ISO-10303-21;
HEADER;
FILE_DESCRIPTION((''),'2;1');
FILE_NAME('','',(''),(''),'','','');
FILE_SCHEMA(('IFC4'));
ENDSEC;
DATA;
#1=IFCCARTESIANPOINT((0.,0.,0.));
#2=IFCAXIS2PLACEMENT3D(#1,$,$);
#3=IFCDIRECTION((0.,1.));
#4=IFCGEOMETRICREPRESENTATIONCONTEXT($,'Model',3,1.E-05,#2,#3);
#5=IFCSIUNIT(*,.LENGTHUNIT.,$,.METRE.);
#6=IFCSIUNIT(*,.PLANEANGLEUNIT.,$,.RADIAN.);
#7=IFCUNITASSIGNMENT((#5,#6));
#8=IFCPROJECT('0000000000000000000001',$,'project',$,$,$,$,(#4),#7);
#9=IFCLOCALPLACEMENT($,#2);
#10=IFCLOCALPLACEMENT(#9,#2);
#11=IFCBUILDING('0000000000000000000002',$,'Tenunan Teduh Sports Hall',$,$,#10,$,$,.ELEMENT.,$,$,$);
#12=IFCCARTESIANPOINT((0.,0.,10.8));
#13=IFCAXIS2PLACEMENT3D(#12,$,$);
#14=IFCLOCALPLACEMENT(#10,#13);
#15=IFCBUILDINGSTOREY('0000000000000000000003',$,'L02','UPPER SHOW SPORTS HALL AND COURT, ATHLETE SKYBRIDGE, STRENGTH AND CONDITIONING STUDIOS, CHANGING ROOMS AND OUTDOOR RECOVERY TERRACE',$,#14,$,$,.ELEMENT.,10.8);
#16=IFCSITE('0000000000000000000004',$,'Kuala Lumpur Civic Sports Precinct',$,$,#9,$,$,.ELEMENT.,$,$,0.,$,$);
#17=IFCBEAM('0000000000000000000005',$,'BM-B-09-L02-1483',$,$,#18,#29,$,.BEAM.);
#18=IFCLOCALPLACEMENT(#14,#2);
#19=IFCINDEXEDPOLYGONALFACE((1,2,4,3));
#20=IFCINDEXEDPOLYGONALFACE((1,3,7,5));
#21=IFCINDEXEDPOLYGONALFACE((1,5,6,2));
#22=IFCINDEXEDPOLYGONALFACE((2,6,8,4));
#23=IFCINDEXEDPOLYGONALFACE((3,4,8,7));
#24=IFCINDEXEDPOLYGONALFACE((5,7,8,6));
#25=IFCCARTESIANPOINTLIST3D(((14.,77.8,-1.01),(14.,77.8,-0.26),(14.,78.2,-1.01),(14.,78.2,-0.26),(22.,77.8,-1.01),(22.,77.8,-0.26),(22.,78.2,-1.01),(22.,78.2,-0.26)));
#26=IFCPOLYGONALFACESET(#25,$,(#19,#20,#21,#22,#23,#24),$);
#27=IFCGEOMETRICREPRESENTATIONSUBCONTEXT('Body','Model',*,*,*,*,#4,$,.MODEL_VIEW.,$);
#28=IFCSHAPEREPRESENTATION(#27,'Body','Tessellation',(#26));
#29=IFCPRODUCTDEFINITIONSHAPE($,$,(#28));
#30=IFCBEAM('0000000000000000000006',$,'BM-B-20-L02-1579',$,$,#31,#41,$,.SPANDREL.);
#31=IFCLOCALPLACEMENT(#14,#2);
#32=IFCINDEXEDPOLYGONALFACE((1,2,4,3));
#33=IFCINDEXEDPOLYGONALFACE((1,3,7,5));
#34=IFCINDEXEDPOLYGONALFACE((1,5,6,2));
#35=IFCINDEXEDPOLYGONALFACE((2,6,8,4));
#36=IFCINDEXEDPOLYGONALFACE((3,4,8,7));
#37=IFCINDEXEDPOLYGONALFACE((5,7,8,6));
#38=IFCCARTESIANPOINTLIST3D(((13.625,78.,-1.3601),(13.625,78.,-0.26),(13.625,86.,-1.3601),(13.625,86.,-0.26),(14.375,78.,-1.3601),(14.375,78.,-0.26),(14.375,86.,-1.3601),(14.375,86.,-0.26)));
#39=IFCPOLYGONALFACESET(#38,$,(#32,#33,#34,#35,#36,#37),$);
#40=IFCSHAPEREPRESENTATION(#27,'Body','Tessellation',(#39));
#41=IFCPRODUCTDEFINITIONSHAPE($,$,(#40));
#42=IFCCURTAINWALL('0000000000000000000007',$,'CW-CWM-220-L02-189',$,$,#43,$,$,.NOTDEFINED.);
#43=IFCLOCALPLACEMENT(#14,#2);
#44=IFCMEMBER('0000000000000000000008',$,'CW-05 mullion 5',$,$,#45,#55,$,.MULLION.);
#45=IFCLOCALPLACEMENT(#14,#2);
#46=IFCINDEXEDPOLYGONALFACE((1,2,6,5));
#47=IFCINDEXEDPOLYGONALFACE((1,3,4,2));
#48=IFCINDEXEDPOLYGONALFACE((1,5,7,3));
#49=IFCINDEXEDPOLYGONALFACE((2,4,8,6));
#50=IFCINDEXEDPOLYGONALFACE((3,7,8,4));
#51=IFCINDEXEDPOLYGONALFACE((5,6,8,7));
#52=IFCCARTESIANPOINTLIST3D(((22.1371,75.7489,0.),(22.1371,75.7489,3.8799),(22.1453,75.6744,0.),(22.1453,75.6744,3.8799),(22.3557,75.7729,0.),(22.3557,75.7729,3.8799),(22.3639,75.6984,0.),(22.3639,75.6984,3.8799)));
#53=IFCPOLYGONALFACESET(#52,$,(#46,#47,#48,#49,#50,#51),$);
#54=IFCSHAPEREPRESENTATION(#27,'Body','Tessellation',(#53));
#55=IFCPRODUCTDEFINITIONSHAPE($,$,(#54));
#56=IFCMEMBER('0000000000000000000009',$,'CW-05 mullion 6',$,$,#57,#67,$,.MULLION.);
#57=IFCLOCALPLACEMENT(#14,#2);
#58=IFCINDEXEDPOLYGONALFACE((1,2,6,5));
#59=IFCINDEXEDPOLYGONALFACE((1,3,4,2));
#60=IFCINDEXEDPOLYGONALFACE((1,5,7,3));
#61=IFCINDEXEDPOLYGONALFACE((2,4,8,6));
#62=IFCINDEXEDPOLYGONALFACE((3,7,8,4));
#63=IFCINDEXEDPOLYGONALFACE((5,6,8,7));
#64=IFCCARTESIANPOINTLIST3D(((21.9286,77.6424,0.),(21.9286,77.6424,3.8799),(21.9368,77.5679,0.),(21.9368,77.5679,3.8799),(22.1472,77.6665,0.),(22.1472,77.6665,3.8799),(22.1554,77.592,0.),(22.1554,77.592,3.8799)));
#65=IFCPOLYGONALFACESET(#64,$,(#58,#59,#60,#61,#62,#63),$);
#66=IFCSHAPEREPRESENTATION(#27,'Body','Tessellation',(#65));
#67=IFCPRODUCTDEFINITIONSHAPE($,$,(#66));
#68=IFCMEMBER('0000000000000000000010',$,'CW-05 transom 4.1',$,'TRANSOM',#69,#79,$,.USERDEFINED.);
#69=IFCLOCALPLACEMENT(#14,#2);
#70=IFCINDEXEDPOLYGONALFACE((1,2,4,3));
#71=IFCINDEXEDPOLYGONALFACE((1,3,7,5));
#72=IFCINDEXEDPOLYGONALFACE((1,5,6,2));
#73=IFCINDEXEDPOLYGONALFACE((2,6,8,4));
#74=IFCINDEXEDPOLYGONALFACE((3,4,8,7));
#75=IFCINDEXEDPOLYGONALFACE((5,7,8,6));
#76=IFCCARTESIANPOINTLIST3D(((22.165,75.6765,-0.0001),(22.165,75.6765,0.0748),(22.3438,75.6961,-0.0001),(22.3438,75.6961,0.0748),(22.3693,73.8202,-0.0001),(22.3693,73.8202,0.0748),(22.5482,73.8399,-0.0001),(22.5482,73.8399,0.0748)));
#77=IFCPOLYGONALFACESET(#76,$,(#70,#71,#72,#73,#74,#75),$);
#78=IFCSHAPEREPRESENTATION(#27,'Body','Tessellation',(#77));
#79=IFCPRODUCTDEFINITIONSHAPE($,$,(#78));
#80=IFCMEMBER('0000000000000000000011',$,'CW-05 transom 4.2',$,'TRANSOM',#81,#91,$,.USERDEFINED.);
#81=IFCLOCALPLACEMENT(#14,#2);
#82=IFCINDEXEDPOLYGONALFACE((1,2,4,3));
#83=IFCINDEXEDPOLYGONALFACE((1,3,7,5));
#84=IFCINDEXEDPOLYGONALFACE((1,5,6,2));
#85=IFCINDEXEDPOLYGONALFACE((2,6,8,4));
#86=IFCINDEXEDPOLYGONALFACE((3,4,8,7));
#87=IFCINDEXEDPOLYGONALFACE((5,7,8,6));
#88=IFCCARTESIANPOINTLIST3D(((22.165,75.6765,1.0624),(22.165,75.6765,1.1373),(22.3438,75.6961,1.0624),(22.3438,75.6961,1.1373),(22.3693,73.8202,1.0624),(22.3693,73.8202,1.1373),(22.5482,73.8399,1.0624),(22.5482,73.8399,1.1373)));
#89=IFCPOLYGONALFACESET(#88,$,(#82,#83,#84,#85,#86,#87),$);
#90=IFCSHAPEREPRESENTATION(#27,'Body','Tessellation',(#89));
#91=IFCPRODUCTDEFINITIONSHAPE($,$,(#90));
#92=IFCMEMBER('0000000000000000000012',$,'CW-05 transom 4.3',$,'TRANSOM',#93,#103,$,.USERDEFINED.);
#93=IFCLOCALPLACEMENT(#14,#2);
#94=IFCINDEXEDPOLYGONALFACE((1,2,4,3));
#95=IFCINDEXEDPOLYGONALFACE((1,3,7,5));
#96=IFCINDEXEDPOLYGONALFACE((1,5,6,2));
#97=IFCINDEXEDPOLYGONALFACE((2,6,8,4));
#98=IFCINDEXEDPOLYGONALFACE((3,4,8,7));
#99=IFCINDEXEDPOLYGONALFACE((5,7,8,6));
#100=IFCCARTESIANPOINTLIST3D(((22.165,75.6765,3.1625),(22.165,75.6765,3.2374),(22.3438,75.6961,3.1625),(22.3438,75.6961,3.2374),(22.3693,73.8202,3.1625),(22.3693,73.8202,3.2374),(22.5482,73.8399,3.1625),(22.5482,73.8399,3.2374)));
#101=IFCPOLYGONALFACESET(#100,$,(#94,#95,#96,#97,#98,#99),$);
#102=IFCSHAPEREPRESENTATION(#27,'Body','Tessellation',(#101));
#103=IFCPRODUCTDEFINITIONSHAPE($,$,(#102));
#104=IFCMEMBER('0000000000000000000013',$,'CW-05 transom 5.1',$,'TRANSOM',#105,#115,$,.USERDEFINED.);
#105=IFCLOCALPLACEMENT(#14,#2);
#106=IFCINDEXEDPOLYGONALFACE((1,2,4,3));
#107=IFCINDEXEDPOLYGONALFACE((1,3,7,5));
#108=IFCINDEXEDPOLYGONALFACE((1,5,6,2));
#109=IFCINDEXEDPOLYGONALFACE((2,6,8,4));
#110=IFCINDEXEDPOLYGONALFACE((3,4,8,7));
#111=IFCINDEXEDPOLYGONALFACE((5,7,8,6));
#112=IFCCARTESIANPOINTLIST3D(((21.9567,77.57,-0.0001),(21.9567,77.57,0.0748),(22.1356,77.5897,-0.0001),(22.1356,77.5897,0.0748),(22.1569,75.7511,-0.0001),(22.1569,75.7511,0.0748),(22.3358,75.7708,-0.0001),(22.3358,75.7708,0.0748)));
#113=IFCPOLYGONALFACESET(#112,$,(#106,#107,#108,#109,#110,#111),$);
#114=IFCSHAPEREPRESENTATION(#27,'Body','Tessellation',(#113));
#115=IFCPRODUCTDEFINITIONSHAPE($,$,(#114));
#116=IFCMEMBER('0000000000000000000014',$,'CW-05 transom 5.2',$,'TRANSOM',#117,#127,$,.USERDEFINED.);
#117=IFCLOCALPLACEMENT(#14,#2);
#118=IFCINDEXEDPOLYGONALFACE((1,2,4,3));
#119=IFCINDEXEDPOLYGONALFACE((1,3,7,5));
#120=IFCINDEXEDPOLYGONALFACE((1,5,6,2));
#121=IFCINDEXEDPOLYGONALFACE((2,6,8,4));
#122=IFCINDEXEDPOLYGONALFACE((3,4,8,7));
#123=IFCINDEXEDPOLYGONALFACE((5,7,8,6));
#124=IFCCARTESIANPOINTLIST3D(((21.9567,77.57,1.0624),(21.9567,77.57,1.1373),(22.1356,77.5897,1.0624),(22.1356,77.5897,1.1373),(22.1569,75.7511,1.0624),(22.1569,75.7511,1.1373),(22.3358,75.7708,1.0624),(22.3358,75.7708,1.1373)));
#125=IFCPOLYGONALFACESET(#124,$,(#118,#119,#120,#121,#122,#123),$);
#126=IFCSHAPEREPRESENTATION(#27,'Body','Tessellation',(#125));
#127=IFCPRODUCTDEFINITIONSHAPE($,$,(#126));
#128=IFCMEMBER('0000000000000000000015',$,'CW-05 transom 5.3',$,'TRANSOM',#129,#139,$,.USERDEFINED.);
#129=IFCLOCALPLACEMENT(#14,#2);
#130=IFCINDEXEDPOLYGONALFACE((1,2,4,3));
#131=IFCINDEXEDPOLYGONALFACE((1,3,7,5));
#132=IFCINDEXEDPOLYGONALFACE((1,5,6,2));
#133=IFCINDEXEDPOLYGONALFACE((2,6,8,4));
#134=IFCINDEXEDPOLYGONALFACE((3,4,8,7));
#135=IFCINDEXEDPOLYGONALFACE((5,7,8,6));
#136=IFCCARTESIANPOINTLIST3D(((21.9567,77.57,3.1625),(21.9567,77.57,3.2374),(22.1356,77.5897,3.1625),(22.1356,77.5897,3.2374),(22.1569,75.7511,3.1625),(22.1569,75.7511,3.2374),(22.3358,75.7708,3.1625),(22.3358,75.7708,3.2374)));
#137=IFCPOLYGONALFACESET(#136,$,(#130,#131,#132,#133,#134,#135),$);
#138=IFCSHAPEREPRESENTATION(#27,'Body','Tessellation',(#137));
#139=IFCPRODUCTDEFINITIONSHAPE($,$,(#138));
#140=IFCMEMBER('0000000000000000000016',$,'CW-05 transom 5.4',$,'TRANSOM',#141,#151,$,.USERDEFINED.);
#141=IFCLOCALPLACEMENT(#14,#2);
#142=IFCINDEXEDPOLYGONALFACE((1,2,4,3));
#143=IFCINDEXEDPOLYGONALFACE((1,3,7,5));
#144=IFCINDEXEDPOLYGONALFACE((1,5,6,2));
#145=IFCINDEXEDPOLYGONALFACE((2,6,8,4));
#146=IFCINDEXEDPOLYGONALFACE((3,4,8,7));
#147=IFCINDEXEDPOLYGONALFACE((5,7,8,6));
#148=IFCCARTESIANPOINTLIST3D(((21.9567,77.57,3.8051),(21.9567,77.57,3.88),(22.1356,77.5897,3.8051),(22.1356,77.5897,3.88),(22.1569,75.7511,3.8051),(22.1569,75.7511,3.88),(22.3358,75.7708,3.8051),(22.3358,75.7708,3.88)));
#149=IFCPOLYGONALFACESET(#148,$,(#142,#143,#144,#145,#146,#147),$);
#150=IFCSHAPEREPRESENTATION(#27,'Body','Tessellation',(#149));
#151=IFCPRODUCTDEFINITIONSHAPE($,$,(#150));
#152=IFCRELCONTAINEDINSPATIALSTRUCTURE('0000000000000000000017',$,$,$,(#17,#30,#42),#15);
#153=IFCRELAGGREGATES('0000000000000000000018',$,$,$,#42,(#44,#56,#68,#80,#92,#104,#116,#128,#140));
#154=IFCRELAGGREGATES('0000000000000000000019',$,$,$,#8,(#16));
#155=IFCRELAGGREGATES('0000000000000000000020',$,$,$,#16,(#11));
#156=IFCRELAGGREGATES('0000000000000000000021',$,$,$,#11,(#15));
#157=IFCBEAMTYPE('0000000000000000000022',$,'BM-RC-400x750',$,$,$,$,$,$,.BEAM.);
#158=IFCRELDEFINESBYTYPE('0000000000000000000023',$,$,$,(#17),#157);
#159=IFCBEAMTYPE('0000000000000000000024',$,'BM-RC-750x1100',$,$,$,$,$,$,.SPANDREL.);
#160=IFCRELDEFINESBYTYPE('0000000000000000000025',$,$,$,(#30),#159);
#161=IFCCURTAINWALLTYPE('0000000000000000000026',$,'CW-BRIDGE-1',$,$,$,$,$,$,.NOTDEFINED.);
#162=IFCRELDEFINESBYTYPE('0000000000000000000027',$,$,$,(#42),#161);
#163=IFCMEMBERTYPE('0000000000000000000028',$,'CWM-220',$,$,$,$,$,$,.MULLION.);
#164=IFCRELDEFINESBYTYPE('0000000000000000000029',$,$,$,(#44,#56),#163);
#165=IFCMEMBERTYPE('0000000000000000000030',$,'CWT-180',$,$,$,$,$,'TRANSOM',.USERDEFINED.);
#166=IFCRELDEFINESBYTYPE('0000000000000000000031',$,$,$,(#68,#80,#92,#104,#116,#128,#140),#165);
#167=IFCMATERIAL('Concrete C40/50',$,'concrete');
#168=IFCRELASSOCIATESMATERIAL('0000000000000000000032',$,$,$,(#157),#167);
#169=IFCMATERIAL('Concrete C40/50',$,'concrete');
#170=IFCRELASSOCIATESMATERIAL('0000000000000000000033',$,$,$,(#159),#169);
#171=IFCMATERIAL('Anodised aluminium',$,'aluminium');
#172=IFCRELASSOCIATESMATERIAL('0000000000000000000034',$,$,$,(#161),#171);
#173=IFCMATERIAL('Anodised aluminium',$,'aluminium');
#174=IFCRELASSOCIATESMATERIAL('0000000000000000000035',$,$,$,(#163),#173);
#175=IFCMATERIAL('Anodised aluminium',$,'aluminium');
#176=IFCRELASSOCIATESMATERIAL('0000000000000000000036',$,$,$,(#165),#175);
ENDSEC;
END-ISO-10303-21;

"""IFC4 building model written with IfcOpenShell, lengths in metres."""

from ifc_helpers import new_model, si_unit, direction, frame, origin, origin_2d, place, context, subcontext, project, spatial, rectangle, extrude, material, material_profile, profile_set, type_object, element, aggregate, save


model = new_model("IFC4")

# Units and contexts
model_context = context("Model", 3, precision=1e-05, world=origin(), true_north=direction((0.0, 1.0)))
body_context = subcontext(model_context, "Body", "Model", "MODEL_VIEW")
ifc_project = project(units=[si_unit("LENGTHUNIT", "METRE"), si_unit("PLANEANGLEUNIT", "RADIAN")], contexts=[model_context])

# Site, building, storey
site_placement = place(None, origin())
site = spatial("IfcSite", under=ifc_project, at=site_placement, Name="Kuala Lumpur Civic Sports Precinct", CompositionType="ELEMENT", RefElevation=0.0)
building_placement = place(site_placement, origin())
building = spatial("IfcBuilding", under=site, at=building_placement, Name="Tenunan Teduh Sports Hall", CompositionType="ELEMENT")
storey_placement = place(building_placement, frame((0.0, 0.0, 10.8)))
storey = spatial("IfcBuildingStorey", under=building, at=storey_placement, Name="L02", Description="UPPER SHOW SPORTS HALL AND COURT, ATHLETE SKYBRIDGE, STRENGTH AND CONDITIONING STUDIOS, CHANGING ROOMS AND OUTDOOR RECOVERY TERRACE", CompositionType="ELEMENT", Elevation=10.8)

# Beams
ifc_material_1 = material(Name="Concrete C40/50", Category="concrete")
ifc_material_profile_1 = material_profile(ifc_material_1, rectangle(XDim=0.3999, YDim=0.75, at=origin_2d()), Name="RCB 400x750")
ifc_profile_set_1 = profile_set([ifc_material_profile_1], Name="Concrete C40/50")
beam_type_1 = type_object("IfcBeamType", Name="BM-RC-400x750", PredefinedType="BEAM", material=ifc_profile_set_1)
beam_1_placement = place(storey_placement, frame((14.0, 78.0, -0.635), z_axis=(1.0, 0.0, 0.0), x_axis=(0.0, 1.0, 0.0)))
element("IfcBeam", 1, at=beam_1_placement, inside=storey, type_object=beam_type_1, Name="BM-B-09-L02-1483", PredefinedType="BEAM", context=body_context, shape_type="SweptSolid", body=[
    extrude(rectangle(XDim=0.3999, YDim=0.75, at=origin_2d()), origin(), (0.0, 0.0, 1.0), 8.0),
])
ifc_material_2 = material(Name="Concrete C40/50", Category="concrete")
ifc_material_profile_2 = material_profile(ifc_material_2, rectangle(XDim=0.75, YDim=1.1001, at=origin_2d()), Name="RCB 750x1100")
ifc_profile_set_2 = profile_set([ifc_material_profile_2], Name="Concrete C40/50")
beam_type_2 = type_object("IfcBeamType", Name="BM-RC-750x1100", PredefinedType="SPANDREL", material=ifc_profile_set_2)
beam_2_placement = place(storey_placement, frame((14.0, 78.0, -0.8101), z_axis=(0.0, 1.0, 0.0), x_axis=(-1.0, 0.0, 0.0)))
element("IfcBeam", 2, at=beam_2_placement, inside=storey, type_object=beam_type_2, Name="BM-B-20-L02-1579", PredefinedType="SPANDREL", context=body_context, shape_type="SweptSolid", body=[
    extrude(rectangle(XDim=0.75, YDim=1.1001, at=origin_2d()), origin(), (0.0, 0.0, 1.0), 8.0),
])

# Curtain wall, members
ifc_material_3 = material(Name="Anodised aluminium", Category="aluminium")
curtain_wall_type = type_object("IfcCurtainWallType", Name="CW-BRIDGE-1", PredefinedType="NOTDEFINED", material=ifc_material_3)
curtain_wall_placement = place(storey_placement, origin())
curtain_wall = element("IfcCurtainWall", 3, at=curtain_wall_placement, inside=storey, type_object=curtain_wall_type, Name="CW-CWM-220-L02-189", PredefinedType="NOTDEFINED")
ifc_material_4 = material(Name="Anodised aluminium", Category="aluminium")
ifc_material_profile_3 = material_profile(ifc_material_4, rectangle(XDim=0.075, YDim=0.22, at=origin_2d()), Name="CWM 75x220")
ifc_profile_set_3 = profile_set([ifc_material_profile_3], Name="Anodised aluminium")
member_type_1 = type_object("IfcMemberType", Name="CWM-220", PredefinedType="MULLION", material=ifc_profile_set_3)
member_1_placement = place(storey_placement, frame((22.2505, 75.7236, 0.0), z_axis=(0.0, 0.0, 1.0), x_axis=(-0.109341, 0.994004, 0.0)))
member_1 = element("IfcMember", 4, at=member_1_placement, type_object=member_type_1, Name="CW-05 mullion 5", PredefinedType="MULLION", context=body_context, shape_type="SweptSolid", body=[
    extrude(rectangle(XDim=0.075, YDim=0.22, at=origin_2d()), origin(), (0.0, 0.0, 1.0), 3.8799),
])
member_2_placement = place(storey_placement, frame((22.042, 77.6172, 0.0), z_axis=(0.0, 0.0, 1.0), x_axis=(-0.109341, 0.994004, 0.0)))
member_2 = element("IfcMember", 5, at=member_2_placement, type_object=member_type_1, Name="CW-05 mullion 6", PredefinedType="MULLION", context=body_context, shape_type="SweptSolid", body=[
    extrude(rectangle(XDim=0.075, YDim=0.22, at=origin_2d()), origin(), (0.0, 0.0, 1.0), 3.8799),
])
ifc_material_5 = material(Name="Anodised aluminium", Category="aluminium")
ifc_material_profile_4 = material_profile(ifc_material_5, rectangle(XDim=0.075, YDim=0.1799, at=origin_2d()), Name="CWT 75x180")
ifc_profile_set_4 = profile_set([ifc_material_profile_4], Name="Anodised aluminium")
member_type_2 = type_object("IfcMemberType", Name="CWT-180", ElementType="TRANSOM", PredefinedType="USERDEFINED", material=ifc_profile_set_4)
member_3_placement = place(storey_placement, frame((22.4587, 73.8301, 0.0374), z_axis=(-0.109427, 0.993995, 0.0), x_axis=(0.0, 0.0, 1.0)))
member_3 = element("IfcMember", 6, at=member_3_placement, type_object=member_type_2, Name="CW-05 transom 4.1", ObjectType="TRANSOM", PredefinedType="USERDEFINED", context=body_context, shape_type="SweptSolid", body=[
    extrude(rectangle(XDim=0.075, YDim=0.1799, at=origin_2d()), origin(), (0.0, 0.0, 1.0), 1.8674),
])
member_4_placement = place(storey_placement, frame((22.4587, 73.8301, 1.0999), z_axis=(-0.109427, 0.993995, 0.0), x_axis=(0.0, 0.0, 1.0)))
member_4 = element("IfcMember", 7, at=member_4_placement, type_object=member_type_2, Name="CW-05 transom 4.2", ObjectType="TRANSOM", PredefinedType="USERDEFINED", context=body_context, shape_type="SweptSolid", body=[
    extrude(rectangle(XDim=0.075, YDim=0.1799, at=origin_2d()), origin(), (0.0, 0.0, 1.0), 1.8674),
])
member_5_placement = place(storey_placement, frame((22.4587, 73.8301, 3.2), z_axis=(-0.109427, 0.993995, 0.0), x_axis=(0.0, 0.0, 1.0)))
member_5 = element("IfcMember", 8, at=member_5_placement, type_object=member_type_2, Name="CW-05 transom 4.3", ObjectType="TRANSOM", PredefinedType="USERDEFINED", context=body_context, shape_type="SweptSolid", body=[
    extrude(rectangle(XDim=0.075, YDim=0.1799, at=origin_2d()), origin(), (0.0, 0.0, 1.0), 1.8674),
])
member_6_placement = place(storey_placement, frame((22.2463, 75.761, 0.0374), z_axis=(-0.109406, 0.993997, 0.0), x_axis=(0.0, 0.0, 1.0)))
member_6 = element("IfcMember", 9, at=member_6_placement, type_object=member_type_2, Name="CW-05 transom 5.1", ObjectType="TRANSOM", PredefinedType="USERDEFINED", context=body_context, shape_type="SweptSolid", body=[
    extrude(rectangle(XDim=0.075, YDim=0.1799, at=origin_2d()), origin(), (0.0, 0.0, 1.0), 1.8298),
])
member_7_placement = place(storey_placement, frame((22.2463, 75.761, 1.0999), z_axis=(-0.109406, 0.993997, 0.0), x_axis=(0.0, 0.0, 1.0)))
member_7 = element("IfcMember", 10, at=member_7_placement, type_object=member_type_2, Name="CW-05 transom 5.2", ObjectType="TRANSOM", PredefinedType="USERDEFINED", context=body_context, shape_type="SweptSolid", body=[
    extrude(rectangle(XDim=0.075, YDim=0.1799, at=origin_2d()), origin(), (0.0, 0.0, 1.0), 1.8298),
])
member_8_placement = place(storey_placement, frame((22.2463, 75.761, 3.2), z_axis=(-0.109406, 0.993997, 0.0), x_axis=(0.0, 0.0, 1.0)))
member_8 = element("IfcMember", 11, at=member_8_placement, type_object=member_type_2, Name="CW-05 transom 5.3", ObjectType="TRANSOM", PredefinedType="USERDEFINED", context=body_context, shape_type="SweptSolid", body=[
    extrude(rectangle(XDim=0.075, YDim=0.1799, at=origin_2d()), origin(), (0.0, 0.0, 1.0), 1.8298),
])
member_9_placement = place(storey_placement, frame((22.2463, 75.761, 3.8425), z_axis=(-0.109406, 0.993997, 0.0), x_axis=(0.0, 0.0, 1.0)))
member_9 = element("IfcMember", 12, at=member_9_placement, type_object=member_type_2, Name="CW-05 transom 5.4", ObjectType="TRANSOM", PredefinedType="USERDEFINED", context=body_context, shape_type="SweptSolid", body=[
    extrude(rectangle(XDim=0.075, YDim=0.1799, at=origin_2d()), origin(), (0.0, 0.0, 1.0), 1.8298),
])

aggregate(curtain_wall, [member_1, member_2, member_3, member_4, member_5, member_6, member_7, member_8, member_9])

save(model, "model.ifc")
